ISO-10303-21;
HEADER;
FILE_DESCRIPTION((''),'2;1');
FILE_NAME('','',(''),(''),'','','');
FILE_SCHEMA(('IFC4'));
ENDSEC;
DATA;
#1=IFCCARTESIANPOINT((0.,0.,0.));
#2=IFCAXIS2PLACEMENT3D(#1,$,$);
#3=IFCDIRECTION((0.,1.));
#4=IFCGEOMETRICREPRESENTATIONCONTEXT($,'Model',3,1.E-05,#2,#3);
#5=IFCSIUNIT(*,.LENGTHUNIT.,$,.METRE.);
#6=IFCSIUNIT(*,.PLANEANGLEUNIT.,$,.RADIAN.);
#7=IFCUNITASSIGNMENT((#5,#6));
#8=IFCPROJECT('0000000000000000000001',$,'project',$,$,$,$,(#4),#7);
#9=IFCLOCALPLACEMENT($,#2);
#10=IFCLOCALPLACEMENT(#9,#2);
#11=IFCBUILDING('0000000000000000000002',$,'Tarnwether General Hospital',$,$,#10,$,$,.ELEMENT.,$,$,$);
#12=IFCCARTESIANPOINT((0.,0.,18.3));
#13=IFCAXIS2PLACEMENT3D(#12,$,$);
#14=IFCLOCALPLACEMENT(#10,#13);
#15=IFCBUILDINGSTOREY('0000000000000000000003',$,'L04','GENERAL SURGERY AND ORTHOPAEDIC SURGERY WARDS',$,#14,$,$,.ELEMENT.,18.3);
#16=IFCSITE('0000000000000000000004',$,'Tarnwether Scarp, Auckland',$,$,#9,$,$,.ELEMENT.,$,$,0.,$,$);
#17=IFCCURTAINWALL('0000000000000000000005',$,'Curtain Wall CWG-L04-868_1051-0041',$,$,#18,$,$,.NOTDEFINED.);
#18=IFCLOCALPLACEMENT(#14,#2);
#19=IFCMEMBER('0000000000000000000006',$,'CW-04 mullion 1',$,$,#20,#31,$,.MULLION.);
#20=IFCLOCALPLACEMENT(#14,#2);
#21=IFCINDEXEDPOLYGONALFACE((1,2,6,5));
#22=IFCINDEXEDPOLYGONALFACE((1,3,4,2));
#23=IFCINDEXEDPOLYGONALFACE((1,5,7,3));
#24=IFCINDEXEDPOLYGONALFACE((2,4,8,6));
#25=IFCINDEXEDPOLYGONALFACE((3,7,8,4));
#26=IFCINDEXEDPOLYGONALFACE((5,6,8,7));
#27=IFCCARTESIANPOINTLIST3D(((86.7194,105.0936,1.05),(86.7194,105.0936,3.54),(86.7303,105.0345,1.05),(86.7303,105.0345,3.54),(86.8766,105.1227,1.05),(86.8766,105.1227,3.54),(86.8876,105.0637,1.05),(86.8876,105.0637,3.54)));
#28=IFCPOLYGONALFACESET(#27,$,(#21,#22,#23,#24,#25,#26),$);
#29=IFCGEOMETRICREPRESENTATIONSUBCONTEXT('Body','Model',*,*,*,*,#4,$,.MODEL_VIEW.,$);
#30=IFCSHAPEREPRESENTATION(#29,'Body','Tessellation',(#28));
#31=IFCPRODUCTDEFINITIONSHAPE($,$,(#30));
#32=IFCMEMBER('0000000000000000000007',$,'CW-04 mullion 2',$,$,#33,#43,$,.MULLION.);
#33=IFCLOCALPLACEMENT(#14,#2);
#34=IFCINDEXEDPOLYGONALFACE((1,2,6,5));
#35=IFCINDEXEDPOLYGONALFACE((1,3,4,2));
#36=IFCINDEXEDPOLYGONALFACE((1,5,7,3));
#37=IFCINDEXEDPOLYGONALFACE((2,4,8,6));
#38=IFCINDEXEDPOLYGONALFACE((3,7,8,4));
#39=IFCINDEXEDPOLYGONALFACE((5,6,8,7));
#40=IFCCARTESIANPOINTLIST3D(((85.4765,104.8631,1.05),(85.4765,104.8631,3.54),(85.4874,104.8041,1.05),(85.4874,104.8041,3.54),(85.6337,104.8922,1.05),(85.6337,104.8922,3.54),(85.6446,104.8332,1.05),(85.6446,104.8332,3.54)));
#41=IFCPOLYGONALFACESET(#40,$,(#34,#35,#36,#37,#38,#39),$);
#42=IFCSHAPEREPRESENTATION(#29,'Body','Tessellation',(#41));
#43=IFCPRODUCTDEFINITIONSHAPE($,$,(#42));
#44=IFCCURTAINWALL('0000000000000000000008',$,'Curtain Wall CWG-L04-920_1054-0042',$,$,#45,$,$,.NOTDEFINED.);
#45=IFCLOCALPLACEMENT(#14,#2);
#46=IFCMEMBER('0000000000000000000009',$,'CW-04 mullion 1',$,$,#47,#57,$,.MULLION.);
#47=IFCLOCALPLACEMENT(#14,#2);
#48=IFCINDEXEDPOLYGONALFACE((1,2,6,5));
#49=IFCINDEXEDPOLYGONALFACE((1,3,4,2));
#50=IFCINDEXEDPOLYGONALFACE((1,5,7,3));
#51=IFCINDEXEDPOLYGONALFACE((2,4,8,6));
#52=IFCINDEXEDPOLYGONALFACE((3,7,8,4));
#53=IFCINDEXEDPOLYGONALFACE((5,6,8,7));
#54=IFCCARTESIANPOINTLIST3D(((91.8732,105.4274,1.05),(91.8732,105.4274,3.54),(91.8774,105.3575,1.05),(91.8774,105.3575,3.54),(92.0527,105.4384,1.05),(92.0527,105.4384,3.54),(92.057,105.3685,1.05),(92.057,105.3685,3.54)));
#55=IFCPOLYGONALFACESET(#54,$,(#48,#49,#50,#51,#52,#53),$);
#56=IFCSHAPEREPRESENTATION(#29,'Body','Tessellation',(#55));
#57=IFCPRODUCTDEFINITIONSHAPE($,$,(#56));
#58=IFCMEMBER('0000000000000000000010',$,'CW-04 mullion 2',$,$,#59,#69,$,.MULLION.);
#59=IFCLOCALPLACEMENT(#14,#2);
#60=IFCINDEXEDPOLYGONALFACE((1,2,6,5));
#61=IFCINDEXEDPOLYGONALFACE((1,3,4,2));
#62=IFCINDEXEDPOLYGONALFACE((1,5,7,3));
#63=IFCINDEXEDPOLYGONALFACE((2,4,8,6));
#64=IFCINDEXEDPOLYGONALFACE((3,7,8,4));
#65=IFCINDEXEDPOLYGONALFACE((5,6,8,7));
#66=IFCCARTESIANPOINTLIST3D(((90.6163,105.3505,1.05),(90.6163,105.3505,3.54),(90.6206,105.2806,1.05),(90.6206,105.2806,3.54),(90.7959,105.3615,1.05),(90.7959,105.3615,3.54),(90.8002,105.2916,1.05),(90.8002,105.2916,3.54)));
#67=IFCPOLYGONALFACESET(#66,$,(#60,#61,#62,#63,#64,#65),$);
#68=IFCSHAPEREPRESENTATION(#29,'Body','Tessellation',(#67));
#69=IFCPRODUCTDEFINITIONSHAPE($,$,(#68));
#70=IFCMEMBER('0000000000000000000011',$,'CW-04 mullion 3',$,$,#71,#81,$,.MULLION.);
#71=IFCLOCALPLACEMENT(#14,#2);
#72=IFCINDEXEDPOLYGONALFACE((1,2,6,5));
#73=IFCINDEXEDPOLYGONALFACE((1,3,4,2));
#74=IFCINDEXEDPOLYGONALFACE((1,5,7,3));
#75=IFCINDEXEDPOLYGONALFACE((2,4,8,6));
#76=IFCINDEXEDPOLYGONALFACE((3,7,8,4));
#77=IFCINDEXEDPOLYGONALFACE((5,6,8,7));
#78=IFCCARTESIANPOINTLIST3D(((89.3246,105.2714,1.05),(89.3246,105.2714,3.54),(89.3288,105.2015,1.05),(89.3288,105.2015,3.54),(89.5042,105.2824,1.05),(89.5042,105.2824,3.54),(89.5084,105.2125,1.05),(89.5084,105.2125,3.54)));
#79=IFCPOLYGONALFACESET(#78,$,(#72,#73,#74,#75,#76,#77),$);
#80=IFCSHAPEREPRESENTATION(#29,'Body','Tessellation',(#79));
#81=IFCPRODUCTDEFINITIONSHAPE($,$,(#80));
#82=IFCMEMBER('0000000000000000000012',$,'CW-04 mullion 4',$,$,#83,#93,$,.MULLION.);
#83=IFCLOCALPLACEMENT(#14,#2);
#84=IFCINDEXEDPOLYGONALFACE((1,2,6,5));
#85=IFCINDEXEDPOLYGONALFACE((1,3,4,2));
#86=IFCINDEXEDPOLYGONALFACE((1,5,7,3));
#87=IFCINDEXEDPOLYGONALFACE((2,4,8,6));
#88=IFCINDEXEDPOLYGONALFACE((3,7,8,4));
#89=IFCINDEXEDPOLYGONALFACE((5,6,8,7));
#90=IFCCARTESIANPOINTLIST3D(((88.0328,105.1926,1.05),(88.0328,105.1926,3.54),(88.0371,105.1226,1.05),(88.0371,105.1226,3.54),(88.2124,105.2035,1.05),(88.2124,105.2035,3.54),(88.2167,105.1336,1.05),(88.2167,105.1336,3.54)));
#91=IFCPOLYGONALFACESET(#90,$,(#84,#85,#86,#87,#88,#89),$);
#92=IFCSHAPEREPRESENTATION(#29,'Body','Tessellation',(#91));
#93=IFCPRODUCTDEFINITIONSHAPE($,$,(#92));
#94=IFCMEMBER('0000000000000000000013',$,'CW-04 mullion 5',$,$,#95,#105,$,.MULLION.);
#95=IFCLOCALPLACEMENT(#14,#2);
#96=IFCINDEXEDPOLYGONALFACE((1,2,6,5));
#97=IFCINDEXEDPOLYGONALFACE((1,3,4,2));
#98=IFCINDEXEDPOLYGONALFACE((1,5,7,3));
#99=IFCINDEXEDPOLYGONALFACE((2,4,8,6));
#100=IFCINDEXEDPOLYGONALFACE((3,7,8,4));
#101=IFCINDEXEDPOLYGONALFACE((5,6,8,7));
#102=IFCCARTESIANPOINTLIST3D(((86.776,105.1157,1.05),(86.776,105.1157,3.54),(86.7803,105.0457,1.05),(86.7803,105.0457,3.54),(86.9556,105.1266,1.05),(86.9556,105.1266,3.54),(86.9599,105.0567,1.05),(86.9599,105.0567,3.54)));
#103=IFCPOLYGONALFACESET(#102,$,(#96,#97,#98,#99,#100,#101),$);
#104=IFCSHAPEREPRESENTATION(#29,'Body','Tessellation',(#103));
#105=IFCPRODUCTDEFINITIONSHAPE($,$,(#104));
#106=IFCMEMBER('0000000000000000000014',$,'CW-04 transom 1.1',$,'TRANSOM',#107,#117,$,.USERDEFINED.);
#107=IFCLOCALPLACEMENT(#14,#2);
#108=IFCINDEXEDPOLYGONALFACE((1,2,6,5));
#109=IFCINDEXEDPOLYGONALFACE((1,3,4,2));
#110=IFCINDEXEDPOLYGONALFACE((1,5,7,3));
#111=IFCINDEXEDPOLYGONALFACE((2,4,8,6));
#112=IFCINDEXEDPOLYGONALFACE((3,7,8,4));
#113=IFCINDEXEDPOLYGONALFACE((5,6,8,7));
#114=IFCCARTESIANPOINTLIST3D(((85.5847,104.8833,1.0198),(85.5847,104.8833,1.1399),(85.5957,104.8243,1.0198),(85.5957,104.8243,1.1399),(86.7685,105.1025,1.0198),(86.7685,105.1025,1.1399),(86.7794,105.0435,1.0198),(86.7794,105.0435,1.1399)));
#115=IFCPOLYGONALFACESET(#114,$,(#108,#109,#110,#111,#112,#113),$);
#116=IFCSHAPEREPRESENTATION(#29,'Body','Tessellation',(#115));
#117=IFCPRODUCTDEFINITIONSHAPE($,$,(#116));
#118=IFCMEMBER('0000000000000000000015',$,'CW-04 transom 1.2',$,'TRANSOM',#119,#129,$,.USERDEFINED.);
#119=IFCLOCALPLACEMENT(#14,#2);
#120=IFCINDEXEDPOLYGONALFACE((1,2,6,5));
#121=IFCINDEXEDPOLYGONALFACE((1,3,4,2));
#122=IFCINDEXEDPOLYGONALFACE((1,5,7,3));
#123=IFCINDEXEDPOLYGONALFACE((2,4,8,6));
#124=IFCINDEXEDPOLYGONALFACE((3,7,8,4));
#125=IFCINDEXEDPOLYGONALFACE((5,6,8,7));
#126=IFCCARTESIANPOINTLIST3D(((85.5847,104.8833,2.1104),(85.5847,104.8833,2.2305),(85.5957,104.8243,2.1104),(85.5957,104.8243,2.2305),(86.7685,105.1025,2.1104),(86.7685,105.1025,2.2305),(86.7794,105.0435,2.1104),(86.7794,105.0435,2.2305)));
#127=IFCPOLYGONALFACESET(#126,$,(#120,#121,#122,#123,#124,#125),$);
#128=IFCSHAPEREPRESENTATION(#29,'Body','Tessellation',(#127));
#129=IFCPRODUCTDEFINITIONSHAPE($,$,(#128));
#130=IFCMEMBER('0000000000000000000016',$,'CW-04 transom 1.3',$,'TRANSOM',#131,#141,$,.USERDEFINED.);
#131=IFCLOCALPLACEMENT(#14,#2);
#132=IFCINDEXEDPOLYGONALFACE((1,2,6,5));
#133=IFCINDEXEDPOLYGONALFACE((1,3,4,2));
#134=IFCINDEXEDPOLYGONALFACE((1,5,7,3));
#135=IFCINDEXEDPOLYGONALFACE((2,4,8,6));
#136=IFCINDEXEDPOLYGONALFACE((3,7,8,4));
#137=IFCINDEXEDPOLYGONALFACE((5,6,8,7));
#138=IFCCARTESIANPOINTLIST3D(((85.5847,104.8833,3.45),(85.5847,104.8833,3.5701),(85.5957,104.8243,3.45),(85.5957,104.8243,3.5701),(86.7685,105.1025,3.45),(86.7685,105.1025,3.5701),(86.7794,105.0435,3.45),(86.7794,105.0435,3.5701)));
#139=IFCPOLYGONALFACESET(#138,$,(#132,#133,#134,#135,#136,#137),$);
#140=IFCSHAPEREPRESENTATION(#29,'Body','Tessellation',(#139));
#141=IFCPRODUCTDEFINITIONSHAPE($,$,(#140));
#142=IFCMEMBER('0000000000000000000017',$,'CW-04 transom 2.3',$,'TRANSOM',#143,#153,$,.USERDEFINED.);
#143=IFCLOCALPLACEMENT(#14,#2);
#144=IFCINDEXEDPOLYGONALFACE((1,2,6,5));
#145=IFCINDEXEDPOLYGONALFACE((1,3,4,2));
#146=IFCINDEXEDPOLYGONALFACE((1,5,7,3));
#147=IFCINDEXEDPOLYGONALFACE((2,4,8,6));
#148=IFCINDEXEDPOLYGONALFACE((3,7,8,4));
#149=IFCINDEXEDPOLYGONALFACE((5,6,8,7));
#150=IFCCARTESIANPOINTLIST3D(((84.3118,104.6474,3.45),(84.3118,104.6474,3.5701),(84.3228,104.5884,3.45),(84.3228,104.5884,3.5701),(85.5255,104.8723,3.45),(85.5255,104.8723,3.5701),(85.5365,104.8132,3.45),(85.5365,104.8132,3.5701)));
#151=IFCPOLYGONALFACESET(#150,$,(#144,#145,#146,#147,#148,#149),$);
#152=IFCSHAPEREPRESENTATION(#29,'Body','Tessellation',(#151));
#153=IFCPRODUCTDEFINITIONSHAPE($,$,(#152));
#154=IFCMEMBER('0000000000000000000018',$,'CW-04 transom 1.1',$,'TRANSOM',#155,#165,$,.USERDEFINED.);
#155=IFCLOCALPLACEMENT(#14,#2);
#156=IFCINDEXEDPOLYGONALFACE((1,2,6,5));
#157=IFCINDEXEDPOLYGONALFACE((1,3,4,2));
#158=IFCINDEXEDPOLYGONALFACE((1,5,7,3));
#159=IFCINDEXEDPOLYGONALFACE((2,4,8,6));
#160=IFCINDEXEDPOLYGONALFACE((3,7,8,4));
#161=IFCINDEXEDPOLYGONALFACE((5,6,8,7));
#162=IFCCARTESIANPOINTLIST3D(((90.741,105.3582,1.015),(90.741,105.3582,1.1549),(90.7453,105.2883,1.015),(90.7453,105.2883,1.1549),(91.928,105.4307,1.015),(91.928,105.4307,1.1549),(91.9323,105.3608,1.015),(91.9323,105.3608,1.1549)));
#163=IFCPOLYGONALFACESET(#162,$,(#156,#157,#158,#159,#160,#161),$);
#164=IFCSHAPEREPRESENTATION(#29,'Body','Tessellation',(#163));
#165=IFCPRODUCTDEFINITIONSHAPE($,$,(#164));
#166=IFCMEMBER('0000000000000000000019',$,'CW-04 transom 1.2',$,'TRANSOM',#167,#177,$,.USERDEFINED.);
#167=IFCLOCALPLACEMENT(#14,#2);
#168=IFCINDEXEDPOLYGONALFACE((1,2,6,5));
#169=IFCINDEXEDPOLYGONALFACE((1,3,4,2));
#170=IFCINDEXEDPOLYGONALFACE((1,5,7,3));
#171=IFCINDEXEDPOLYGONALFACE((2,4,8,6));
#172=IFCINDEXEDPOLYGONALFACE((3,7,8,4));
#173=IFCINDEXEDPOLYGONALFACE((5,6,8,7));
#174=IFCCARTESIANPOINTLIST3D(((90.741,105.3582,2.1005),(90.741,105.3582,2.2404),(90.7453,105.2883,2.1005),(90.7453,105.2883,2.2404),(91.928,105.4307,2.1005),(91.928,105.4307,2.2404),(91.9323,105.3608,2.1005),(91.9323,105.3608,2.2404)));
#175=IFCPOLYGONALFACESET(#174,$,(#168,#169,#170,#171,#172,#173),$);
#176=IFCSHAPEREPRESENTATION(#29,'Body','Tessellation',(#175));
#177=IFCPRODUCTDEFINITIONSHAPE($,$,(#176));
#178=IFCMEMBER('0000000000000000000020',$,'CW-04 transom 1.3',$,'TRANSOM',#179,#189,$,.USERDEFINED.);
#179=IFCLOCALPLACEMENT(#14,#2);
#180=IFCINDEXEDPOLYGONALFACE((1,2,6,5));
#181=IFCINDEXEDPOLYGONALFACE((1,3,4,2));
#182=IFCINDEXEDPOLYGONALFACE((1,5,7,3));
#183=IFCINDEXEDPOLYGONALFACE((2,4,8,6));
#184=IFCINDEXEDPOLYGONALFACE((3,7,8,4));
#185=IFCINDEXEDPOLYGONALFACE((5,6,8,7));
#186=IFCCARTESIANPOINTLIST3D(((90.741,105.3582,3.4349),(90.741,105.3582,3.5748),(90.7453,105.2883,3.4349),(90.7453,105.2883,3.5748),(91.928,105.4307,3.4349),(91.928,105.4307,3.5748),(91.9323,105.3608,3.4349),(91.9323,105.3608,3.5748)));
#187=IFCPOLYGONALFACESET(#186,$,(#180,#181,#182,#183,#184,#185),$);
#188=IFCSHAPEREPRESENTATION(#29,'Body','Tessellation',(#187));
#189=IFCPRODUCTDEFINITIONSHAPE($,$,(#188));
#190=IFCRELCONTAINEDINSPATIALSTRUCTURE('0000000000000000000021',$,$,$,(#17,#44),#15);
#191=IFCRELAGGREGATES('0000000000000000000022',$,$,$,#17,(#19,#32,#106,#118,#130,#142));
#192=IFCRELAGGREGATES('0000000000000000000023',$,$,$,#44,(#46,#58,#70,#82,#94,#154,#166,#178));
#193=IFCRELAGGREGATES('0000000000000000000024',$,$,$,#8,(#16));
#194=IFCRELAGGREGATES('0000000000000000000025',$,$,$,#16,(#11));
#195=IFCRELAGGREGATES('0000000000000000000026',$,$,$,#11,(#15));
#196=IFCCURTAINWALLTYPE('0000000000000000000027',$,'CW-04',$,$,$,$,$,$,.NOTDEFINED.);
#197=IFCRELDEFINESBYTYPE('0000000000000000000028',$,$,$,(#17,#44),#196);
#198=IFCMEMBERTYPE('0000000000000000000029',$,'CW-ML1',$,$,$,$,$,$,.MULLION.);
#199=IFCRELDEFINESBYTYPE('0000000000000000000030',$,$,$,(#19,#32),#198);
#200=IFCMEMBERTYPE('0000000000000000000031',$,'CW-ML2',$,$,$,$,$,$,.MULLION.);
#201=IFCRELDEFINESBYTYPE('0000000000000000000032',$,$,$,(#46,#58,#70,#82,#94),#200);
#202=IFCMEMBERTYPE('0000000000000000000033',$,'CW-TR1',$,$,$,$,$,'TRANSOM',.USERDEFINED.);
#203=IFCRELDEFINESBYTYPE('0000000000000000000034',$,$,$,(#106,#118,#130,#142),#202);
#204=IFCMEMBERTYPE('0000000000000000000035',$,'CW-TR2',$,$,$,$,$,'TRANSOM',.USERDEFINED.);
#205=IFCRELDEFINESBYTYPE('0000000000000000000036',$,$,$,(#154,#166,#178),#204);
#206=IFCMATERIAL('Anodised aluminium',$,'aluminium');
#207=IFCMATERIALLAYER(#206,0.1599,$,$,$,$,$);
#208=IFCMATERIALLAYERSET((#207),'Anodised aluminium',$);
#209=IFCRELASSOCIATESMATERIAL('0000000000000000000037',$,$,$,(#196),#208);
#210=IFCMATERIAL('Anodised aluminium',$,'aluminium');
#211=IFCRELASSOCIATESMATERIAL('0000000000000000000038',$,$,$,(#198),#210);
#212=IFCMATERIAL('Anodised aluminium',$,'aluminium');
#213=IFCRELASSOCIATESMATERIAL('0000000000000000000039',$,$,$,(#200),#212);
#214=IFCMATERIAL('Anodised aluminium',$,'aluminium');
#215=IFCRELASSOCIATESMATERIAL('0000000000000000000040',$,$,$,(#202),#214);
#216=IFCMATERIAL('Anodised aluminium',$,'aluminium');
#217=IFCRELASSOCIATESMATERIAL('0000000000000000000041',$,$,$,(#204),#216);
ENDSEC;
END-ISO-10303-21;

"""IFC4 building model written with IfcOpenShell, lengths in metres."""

from ifc_helpers import new_model, si_unit, direction, frame, origin, origin_2d, place, context, subcontext, project, spatial, rectangle, extrude, material, layer, layer_set, material_profile, profile_set, type_object, element, aggregate, save


model = new_model("IFC4")

# Units and contexts
model_context = context("Model", 3, precision=1e-05, world=origin(), true_north=direction((0.0, 1.0)))
body_context = subcontext(model_context, "Body", "Model", "MODEL_VIEW")
ifc_project = project(units=[si_unit("LENGTHUNIT", "METRE"), si_unit("PLANEANGLEUNIT", "RADIAN")], contexts=[model_context])

# Site, building, storey
site_placement = place(None, origin())
site = spatial("IfcSite", under=ifc_project, at=site_placement, Name="Tarnwether Scarp, Auckland", CompositionType="ELEMENT", RefElevation=0.0)
building_placement = place(site_placement, origin())
building = spatial("IfcBuilding", under=site, at=building_placement, Name="Tarnwether General Hospital", CompositionType="ELEMENT")
storey_placement = place(building_placement, frame((0.0, 0.0, 18.3)))
storey = spatial("IfcBuildingStorey", under=building, at=storey_placement, Name="L04", Description="GENERAL SURGERY AND ORTHOPAEDIC SURGERY WARDS", CompositionType="ELEMENT", Elevation=18.3)

# Curtain walls, members
ifc_material_1 = material(Name="Anodised aluminium", Category="aluminium")
ifc_layer_1 = layer(ifc_material_1, 0.1599)
ifc_layer_set_1 = layer_set([ifc_layer_1], Name="Anodised aluminium")
curtain_wall_type = type_object("IfcCurtainWallType", Name="CW-04", PredefinedType="NOTDEFINED", material=ifc_layer_set_1)
curtain_wall_1_placement = place(storey_placement, origin())
curtain_wall_1 = element("IfcCurtainWall", 1, at=curtain_wall_1_placement, inside=storey, type_object=curtain_wall_type, Name="Curtain Wall CWG-L04-868_1051-0041", PredefinedType="NOTDEFINED")
ifc_material_2 = material(Name="Anodised aluminium", Category="aluminium")
ifc_material_profile_1 = material_profile(ifc_material_2, rectangle(XDim=0.0601, YDim=0.1599, at=origin_2d()), Name="ALU-MUL-60x160")
ifc_profile_set_1 = profile_set([ifc_material_profile_1], Name="Anodised aluminium")
member_type_1 = type_object("IfcMemberType", Name="CW-ML1", PredefinedType="MULLION", material=ifc_profile_set_1)
member_1_placement = place(storey_placement, frame((86.8035, 105.0786, 1.05), z_axis=(0.0, 0.0, 1.0), x_axis=(0.182165, -0.983268, 0.0)))
member_1 = element("IfcMember", 2, at=member_1_placement, type_object=member_type_1, Name="CW-04 mullion 1", PredefinedType="MULLION", context=body_context, shape_type="SweptSolid", body=[
    extrude(rectangle(XDim=0.0601, YDim=0.1599, at=origin_2d()), origin(), (0.0, 0.0, 1.0), 2.49),
])
member_2_placement = place(storey_placement, frame((85.5605, 104.8481, 1.05), z_axis=(0.0, 0.0, 1.0), x_axis=(0.182165, -0.983268, 0.0)))
member_2 = element("IfcMember", 3, at=member_2_placement, type_object=member_type_1, Name="CW-04 mullion 2", PredefinedType="MULLION", context=body_context, shape_type="SweptSolid", body=[
    extrude(rectangle(XDim=0.0601, YDim=0.1599, at=origin_2d()), origin(), (0.0, 0.0, 1.0), 2.49),
])
curtain_wall_2_placement = place(storey_placement, origin())
curtain_wall_2 = element("IfcCurtainWall", 4, at=curtain_wall_2_placement, inside=storey, type_object=curtain_wall_type, Name="Curtain Wall CWG-L04-920_1054-0042", PredefinedType="NOTDEFINED")
ifc_material_3 = material(Name="Anodised aluminium", Category="aluminium")
ifc_material_profile_2 = material_profile(ifc_material_3, rectangle(XDim=0.0701, YDim=0.1799, at=origin_2d()), Name="ALU-MUL-70x180")
ifc_profile_set_2 = profile_set([ifc_material_profile_2], Name="Anodised aluminium")
member_type_2 = type_object("IfcMemberType", Name="CW-ML2", PredefinedType="MULLION", material=ifc_profile_set_2)
member_3_placement = place(storey_placement, frame((91.9651, 105.3979, 1.05), z_axis=(0.0, 0.0, 1.0), x_axis=(0.061043, -0.998135, 0.0)))
member_3 = element("IfcMember", 5, at=member_3_placement, type_object=member_type_2, Name="CW-04 mullion 1", PredefinedType="MULLION", context=body_context, shape_type="SweptSolid", body=[
    extrude(rectangle(XDim=0.0701, YDim=0.1799, at=origin_2d()), origin(), (0.0, 0.0, 1.0), 2.49),
])
member_4_placement = place(storey_placement, frame((90.7083, 105.321, 1.05), z_axis=(0.0, 0.0, 1.0), x_axis=(0.061043, -0.998135, 0.0)))
member_4 = element("IfcMember", 6, at=member_4_placement, type_object=member_type_2, Name="CW-04 mullion 2", PredefinedType="MULLION", context=body_context, shape_type="SweptSolid", body=[
    extrude(rectangle(XDim=0.0701, YDim=0.1799, at=origin_2d()), origin(), (0.0, 0.0, 1.0), 2.49),
])
member_5_placement = place(storey_placement, frame((89.4165, 105.2419, 1.05), z_axis=(0.0, 0.0, 1.0), x_axis=(0.061043, -0.998135, 0.0)))
member_5 = element("IfcMember", 7, at=member_5_placement, type_object=member_type_2, Name="CW-04 mullion 3", PredefinedType="MULLION", context=body_context, shape_type="SweptSolid", body=[
    extrude(rectangle(XDim=0.0701, YDim=0.1799, at=origin_2d()), origin(), (0.0, 0.0, 1.0), 2.49),
])
member_6_placement = place(storey_placement, frame((88.1248, 105.1631, 1.05), z_axis=(0.0, 0.0, 1.0), x_axis=(0.061043, -0.998135, 0.0)))
member_6 = element("IfcMember", 8, at=member_6_placement, type_object=member_type_2, Name="CW-04 mullion 4", PredefinedType="MULLION", context=body_context, shape_type="SweptSolid", body=[
    extrude(rectangle(XDim=0.0701, YDim=0.1799, at=origin_2d()), origin(), (0.0, 0.0, 1.0), 2.49),
])
member_7_placement = place(storey_placement, frame((86.8679, 105.0862, 1.05), z_axis=(0.0, 0.0, 1.0), x_axis=(0.061043, -0.998135, 0.0)))
member_7 = element("IfcMember", 9, at=member_7_placement, type_object=member_type_2, Name="CW-04 mullion 5", PredefinedType="MULLION", context=body_context, shape_type="SweptSolid", body=[
    extrude(rectangle(XDim=0.0701, YDim=0.1799, at=origin_2d()), origin(), (0.0, 0.0, 1.0), 2.49),
])

# Members
ifc_material_4 = material(Name="Anodised aluminium", Category="aluminium")
ifc_material_profile_3 = material_profile(ifc_material_4, rectangle(XDim=0.0601, YDim=0.1201, at=origin_2d()), Name="ALU-TRN-60x120")
ifc_profile_set_3 = profile_set([ifc_material_profile_3], Name="Anodised aluminium")
member_type_3 = type_object("IfcMemberType", Name="CW-TR1", ElementType="TRANSOM", PredefinedType="USERDEFINED", material=ifc_profile_set_3)
member_8_placement = place(storey_placement, frame((86.7739, 105.073, 1.0798), z_axis=(-0.983281, -0.182097, 0.0), x_axis=(0.182097, -0.983281, 0.0)))
member_8 = element("IfcMember", 10, at=member_8_placement, type_object=member_type_3, Name="CW-04 transom 1.1", ObjectType="TRANSOM", PredefinedType="USERDEFINED", context=body_context, shape_type="SweptSolid", body=[
    extrude(rectangle(XDim=0.0601, YDim=0.1201, at=origin_2d()), origin(), (0.0, 0.0, 1.0), 1.2039),
])
member_9_placement = place(storey_placement, frame((86.7739, 105.073, 2.1704), z_axis=(-0.983281, -0.182097, 0.0), x_axis=(0.182097, -0.983281, 0.0)))
member_9 = element("IfcMember", 11, at=member_9_placement, type_object=member_type_3, Name="CW-04 transom 1.2", ObjectType="TRANSOM", PredefinedType="USERDEFINED", context=body_context, shape_type="SweptSolid", body=[
    extrude(rectangle(XDim=0.0601, YDim=0.1201, at=origin_2d()), origin(), (0.0, 0.0, 1.0), 1.2039),
])
member_10_placement = place(storey_placement, frame((86.7739, 105.073, 3.51), z_axis=(-0.983281, -0.182097, 0.0), x_axis=(0.182097, -0.983281, 0.0)))
member_10 = element("IfcMember", 12, at=member_10_placement, type_object=member_type_3, Name="CW-04 transom 1.3", ObjectType="TRANSOM", PredefinedType="USERDEFINED", context=body_context, shape_type="SweptSolid", body=[
    extrude(rectangle(XDim=0.0601, YDim=0.1201, at=origin_2d()), origin(), (0.0, 0.0, 1.0), 1.2039),
])
member_11_placement = place(storey_placement, frame((85.531, 104.8428, 3.51), z_axis=(-0.983266, -0.182174, 0.0), x_axis=(0.182174, -0.983266, 0.0)))
member_11 = element("IfcMember", 13, at=member_11_placement, type_object=member_type_3, Name="CW-04 transom 2.3", ObjectType="TRANSOM", PredefinedType="USERDEFINED", context=body_context, shape_type="SweptSolid", body=[
    extrude(rectangle(XDim=0.0601, YDim=0.1201, at=origin_2d()), origin(), (0.0, 0.0, 1.0), 1.2344),
])
ifc_material_5 = material(Name="Anodised aluminium", Category="aluminium")
ifc_material_profile_4 = material_profile(ifc_material_5, rectangle(XDim=0.0701, YDim=0.1399, at=origin_2d()), Name="ALU-TRN-70x140")
ifc_profile_set_4 = profile_set([ifc_material_profile_4], Name="Anodised aluminium")
member_type_4 = type_object("IfcMemberType", Name="CW-TR2", ElementType="TRANSOM", PredefinedType="USERDEFINED", material=ifc_profile_set_4)
member_12_placement = place(storey_placement, frame((91.9302, 105.3958, 1.085), z_axis=(-0.998139, -0.060972, 0.0), x_axis=(0.060972, -0.998139, 0.0)))
member_12 = element("IfcMember", 14, at=member_12_placement, type_object=member_type_4, Name="CW-04 transom 1.1", ObjectType="TRANSOM", PredefinedType="USERDEFINED", context=body_context, shape_type="SweptSolid", body=[
    extrude(rectangle(XDim=0.0701, YDim=0.1399, at=origin_2d()), origin(), (0.0, 0.0, 1.0), 1.1892),
])
member_13_placement = place(storey_placement, frame((91.9302, 105.3958, 2.1704), z_axis=(-0.998139, -0.060972, 0.0), x_axis=(0.060972, -0.998139, 0.0)))
member_13 = element("IfcMember", 15, at=member_13_placement, type_object=member_type_4, Name="CW-04 transom 1.2", ObjectType="TRANSOM", PredefinedType="USERDEFINED", context=body_context, shape_type="SweptSolid", body=[
    extrude(rectangle(XDim=0.0701, YDim=0.1399, at=origin_2d()), origin(), (0.0, 0.0, 1.0), 1.1892),
])
member_14_placement = place(storey_placement, frame((91.9302, 105.3958, 3.5049), z_axis=(-0.998139, -0.060972, 0.0), x_axis=(0.060972, -0.998139, 0.0)))
member_14 = element("IfcMember", 16, at=member_14_placement, type_object=member_type_4, Name="CW-04 transom 1.3", ObjectType="TRANSOM", PredefinedType="USERDEFINED", context=body_context, shape_type="SweptSolid", body=[
    extrude(rectangle(XDim=0.0701, YDim=0.1399, at=origin_2d()), origin(), (0.0, 0.0, 1.0), 1.1892),
])

aggregate(curtain_wall_1, [member_1, member_2, member_8, member_9, member_10, member_11])
aggregate(curtain_wall_2, [member_3, member_4, member_5, member_6, member_7, member_12, member_13, member_14])

save(model, "model.ifc")
